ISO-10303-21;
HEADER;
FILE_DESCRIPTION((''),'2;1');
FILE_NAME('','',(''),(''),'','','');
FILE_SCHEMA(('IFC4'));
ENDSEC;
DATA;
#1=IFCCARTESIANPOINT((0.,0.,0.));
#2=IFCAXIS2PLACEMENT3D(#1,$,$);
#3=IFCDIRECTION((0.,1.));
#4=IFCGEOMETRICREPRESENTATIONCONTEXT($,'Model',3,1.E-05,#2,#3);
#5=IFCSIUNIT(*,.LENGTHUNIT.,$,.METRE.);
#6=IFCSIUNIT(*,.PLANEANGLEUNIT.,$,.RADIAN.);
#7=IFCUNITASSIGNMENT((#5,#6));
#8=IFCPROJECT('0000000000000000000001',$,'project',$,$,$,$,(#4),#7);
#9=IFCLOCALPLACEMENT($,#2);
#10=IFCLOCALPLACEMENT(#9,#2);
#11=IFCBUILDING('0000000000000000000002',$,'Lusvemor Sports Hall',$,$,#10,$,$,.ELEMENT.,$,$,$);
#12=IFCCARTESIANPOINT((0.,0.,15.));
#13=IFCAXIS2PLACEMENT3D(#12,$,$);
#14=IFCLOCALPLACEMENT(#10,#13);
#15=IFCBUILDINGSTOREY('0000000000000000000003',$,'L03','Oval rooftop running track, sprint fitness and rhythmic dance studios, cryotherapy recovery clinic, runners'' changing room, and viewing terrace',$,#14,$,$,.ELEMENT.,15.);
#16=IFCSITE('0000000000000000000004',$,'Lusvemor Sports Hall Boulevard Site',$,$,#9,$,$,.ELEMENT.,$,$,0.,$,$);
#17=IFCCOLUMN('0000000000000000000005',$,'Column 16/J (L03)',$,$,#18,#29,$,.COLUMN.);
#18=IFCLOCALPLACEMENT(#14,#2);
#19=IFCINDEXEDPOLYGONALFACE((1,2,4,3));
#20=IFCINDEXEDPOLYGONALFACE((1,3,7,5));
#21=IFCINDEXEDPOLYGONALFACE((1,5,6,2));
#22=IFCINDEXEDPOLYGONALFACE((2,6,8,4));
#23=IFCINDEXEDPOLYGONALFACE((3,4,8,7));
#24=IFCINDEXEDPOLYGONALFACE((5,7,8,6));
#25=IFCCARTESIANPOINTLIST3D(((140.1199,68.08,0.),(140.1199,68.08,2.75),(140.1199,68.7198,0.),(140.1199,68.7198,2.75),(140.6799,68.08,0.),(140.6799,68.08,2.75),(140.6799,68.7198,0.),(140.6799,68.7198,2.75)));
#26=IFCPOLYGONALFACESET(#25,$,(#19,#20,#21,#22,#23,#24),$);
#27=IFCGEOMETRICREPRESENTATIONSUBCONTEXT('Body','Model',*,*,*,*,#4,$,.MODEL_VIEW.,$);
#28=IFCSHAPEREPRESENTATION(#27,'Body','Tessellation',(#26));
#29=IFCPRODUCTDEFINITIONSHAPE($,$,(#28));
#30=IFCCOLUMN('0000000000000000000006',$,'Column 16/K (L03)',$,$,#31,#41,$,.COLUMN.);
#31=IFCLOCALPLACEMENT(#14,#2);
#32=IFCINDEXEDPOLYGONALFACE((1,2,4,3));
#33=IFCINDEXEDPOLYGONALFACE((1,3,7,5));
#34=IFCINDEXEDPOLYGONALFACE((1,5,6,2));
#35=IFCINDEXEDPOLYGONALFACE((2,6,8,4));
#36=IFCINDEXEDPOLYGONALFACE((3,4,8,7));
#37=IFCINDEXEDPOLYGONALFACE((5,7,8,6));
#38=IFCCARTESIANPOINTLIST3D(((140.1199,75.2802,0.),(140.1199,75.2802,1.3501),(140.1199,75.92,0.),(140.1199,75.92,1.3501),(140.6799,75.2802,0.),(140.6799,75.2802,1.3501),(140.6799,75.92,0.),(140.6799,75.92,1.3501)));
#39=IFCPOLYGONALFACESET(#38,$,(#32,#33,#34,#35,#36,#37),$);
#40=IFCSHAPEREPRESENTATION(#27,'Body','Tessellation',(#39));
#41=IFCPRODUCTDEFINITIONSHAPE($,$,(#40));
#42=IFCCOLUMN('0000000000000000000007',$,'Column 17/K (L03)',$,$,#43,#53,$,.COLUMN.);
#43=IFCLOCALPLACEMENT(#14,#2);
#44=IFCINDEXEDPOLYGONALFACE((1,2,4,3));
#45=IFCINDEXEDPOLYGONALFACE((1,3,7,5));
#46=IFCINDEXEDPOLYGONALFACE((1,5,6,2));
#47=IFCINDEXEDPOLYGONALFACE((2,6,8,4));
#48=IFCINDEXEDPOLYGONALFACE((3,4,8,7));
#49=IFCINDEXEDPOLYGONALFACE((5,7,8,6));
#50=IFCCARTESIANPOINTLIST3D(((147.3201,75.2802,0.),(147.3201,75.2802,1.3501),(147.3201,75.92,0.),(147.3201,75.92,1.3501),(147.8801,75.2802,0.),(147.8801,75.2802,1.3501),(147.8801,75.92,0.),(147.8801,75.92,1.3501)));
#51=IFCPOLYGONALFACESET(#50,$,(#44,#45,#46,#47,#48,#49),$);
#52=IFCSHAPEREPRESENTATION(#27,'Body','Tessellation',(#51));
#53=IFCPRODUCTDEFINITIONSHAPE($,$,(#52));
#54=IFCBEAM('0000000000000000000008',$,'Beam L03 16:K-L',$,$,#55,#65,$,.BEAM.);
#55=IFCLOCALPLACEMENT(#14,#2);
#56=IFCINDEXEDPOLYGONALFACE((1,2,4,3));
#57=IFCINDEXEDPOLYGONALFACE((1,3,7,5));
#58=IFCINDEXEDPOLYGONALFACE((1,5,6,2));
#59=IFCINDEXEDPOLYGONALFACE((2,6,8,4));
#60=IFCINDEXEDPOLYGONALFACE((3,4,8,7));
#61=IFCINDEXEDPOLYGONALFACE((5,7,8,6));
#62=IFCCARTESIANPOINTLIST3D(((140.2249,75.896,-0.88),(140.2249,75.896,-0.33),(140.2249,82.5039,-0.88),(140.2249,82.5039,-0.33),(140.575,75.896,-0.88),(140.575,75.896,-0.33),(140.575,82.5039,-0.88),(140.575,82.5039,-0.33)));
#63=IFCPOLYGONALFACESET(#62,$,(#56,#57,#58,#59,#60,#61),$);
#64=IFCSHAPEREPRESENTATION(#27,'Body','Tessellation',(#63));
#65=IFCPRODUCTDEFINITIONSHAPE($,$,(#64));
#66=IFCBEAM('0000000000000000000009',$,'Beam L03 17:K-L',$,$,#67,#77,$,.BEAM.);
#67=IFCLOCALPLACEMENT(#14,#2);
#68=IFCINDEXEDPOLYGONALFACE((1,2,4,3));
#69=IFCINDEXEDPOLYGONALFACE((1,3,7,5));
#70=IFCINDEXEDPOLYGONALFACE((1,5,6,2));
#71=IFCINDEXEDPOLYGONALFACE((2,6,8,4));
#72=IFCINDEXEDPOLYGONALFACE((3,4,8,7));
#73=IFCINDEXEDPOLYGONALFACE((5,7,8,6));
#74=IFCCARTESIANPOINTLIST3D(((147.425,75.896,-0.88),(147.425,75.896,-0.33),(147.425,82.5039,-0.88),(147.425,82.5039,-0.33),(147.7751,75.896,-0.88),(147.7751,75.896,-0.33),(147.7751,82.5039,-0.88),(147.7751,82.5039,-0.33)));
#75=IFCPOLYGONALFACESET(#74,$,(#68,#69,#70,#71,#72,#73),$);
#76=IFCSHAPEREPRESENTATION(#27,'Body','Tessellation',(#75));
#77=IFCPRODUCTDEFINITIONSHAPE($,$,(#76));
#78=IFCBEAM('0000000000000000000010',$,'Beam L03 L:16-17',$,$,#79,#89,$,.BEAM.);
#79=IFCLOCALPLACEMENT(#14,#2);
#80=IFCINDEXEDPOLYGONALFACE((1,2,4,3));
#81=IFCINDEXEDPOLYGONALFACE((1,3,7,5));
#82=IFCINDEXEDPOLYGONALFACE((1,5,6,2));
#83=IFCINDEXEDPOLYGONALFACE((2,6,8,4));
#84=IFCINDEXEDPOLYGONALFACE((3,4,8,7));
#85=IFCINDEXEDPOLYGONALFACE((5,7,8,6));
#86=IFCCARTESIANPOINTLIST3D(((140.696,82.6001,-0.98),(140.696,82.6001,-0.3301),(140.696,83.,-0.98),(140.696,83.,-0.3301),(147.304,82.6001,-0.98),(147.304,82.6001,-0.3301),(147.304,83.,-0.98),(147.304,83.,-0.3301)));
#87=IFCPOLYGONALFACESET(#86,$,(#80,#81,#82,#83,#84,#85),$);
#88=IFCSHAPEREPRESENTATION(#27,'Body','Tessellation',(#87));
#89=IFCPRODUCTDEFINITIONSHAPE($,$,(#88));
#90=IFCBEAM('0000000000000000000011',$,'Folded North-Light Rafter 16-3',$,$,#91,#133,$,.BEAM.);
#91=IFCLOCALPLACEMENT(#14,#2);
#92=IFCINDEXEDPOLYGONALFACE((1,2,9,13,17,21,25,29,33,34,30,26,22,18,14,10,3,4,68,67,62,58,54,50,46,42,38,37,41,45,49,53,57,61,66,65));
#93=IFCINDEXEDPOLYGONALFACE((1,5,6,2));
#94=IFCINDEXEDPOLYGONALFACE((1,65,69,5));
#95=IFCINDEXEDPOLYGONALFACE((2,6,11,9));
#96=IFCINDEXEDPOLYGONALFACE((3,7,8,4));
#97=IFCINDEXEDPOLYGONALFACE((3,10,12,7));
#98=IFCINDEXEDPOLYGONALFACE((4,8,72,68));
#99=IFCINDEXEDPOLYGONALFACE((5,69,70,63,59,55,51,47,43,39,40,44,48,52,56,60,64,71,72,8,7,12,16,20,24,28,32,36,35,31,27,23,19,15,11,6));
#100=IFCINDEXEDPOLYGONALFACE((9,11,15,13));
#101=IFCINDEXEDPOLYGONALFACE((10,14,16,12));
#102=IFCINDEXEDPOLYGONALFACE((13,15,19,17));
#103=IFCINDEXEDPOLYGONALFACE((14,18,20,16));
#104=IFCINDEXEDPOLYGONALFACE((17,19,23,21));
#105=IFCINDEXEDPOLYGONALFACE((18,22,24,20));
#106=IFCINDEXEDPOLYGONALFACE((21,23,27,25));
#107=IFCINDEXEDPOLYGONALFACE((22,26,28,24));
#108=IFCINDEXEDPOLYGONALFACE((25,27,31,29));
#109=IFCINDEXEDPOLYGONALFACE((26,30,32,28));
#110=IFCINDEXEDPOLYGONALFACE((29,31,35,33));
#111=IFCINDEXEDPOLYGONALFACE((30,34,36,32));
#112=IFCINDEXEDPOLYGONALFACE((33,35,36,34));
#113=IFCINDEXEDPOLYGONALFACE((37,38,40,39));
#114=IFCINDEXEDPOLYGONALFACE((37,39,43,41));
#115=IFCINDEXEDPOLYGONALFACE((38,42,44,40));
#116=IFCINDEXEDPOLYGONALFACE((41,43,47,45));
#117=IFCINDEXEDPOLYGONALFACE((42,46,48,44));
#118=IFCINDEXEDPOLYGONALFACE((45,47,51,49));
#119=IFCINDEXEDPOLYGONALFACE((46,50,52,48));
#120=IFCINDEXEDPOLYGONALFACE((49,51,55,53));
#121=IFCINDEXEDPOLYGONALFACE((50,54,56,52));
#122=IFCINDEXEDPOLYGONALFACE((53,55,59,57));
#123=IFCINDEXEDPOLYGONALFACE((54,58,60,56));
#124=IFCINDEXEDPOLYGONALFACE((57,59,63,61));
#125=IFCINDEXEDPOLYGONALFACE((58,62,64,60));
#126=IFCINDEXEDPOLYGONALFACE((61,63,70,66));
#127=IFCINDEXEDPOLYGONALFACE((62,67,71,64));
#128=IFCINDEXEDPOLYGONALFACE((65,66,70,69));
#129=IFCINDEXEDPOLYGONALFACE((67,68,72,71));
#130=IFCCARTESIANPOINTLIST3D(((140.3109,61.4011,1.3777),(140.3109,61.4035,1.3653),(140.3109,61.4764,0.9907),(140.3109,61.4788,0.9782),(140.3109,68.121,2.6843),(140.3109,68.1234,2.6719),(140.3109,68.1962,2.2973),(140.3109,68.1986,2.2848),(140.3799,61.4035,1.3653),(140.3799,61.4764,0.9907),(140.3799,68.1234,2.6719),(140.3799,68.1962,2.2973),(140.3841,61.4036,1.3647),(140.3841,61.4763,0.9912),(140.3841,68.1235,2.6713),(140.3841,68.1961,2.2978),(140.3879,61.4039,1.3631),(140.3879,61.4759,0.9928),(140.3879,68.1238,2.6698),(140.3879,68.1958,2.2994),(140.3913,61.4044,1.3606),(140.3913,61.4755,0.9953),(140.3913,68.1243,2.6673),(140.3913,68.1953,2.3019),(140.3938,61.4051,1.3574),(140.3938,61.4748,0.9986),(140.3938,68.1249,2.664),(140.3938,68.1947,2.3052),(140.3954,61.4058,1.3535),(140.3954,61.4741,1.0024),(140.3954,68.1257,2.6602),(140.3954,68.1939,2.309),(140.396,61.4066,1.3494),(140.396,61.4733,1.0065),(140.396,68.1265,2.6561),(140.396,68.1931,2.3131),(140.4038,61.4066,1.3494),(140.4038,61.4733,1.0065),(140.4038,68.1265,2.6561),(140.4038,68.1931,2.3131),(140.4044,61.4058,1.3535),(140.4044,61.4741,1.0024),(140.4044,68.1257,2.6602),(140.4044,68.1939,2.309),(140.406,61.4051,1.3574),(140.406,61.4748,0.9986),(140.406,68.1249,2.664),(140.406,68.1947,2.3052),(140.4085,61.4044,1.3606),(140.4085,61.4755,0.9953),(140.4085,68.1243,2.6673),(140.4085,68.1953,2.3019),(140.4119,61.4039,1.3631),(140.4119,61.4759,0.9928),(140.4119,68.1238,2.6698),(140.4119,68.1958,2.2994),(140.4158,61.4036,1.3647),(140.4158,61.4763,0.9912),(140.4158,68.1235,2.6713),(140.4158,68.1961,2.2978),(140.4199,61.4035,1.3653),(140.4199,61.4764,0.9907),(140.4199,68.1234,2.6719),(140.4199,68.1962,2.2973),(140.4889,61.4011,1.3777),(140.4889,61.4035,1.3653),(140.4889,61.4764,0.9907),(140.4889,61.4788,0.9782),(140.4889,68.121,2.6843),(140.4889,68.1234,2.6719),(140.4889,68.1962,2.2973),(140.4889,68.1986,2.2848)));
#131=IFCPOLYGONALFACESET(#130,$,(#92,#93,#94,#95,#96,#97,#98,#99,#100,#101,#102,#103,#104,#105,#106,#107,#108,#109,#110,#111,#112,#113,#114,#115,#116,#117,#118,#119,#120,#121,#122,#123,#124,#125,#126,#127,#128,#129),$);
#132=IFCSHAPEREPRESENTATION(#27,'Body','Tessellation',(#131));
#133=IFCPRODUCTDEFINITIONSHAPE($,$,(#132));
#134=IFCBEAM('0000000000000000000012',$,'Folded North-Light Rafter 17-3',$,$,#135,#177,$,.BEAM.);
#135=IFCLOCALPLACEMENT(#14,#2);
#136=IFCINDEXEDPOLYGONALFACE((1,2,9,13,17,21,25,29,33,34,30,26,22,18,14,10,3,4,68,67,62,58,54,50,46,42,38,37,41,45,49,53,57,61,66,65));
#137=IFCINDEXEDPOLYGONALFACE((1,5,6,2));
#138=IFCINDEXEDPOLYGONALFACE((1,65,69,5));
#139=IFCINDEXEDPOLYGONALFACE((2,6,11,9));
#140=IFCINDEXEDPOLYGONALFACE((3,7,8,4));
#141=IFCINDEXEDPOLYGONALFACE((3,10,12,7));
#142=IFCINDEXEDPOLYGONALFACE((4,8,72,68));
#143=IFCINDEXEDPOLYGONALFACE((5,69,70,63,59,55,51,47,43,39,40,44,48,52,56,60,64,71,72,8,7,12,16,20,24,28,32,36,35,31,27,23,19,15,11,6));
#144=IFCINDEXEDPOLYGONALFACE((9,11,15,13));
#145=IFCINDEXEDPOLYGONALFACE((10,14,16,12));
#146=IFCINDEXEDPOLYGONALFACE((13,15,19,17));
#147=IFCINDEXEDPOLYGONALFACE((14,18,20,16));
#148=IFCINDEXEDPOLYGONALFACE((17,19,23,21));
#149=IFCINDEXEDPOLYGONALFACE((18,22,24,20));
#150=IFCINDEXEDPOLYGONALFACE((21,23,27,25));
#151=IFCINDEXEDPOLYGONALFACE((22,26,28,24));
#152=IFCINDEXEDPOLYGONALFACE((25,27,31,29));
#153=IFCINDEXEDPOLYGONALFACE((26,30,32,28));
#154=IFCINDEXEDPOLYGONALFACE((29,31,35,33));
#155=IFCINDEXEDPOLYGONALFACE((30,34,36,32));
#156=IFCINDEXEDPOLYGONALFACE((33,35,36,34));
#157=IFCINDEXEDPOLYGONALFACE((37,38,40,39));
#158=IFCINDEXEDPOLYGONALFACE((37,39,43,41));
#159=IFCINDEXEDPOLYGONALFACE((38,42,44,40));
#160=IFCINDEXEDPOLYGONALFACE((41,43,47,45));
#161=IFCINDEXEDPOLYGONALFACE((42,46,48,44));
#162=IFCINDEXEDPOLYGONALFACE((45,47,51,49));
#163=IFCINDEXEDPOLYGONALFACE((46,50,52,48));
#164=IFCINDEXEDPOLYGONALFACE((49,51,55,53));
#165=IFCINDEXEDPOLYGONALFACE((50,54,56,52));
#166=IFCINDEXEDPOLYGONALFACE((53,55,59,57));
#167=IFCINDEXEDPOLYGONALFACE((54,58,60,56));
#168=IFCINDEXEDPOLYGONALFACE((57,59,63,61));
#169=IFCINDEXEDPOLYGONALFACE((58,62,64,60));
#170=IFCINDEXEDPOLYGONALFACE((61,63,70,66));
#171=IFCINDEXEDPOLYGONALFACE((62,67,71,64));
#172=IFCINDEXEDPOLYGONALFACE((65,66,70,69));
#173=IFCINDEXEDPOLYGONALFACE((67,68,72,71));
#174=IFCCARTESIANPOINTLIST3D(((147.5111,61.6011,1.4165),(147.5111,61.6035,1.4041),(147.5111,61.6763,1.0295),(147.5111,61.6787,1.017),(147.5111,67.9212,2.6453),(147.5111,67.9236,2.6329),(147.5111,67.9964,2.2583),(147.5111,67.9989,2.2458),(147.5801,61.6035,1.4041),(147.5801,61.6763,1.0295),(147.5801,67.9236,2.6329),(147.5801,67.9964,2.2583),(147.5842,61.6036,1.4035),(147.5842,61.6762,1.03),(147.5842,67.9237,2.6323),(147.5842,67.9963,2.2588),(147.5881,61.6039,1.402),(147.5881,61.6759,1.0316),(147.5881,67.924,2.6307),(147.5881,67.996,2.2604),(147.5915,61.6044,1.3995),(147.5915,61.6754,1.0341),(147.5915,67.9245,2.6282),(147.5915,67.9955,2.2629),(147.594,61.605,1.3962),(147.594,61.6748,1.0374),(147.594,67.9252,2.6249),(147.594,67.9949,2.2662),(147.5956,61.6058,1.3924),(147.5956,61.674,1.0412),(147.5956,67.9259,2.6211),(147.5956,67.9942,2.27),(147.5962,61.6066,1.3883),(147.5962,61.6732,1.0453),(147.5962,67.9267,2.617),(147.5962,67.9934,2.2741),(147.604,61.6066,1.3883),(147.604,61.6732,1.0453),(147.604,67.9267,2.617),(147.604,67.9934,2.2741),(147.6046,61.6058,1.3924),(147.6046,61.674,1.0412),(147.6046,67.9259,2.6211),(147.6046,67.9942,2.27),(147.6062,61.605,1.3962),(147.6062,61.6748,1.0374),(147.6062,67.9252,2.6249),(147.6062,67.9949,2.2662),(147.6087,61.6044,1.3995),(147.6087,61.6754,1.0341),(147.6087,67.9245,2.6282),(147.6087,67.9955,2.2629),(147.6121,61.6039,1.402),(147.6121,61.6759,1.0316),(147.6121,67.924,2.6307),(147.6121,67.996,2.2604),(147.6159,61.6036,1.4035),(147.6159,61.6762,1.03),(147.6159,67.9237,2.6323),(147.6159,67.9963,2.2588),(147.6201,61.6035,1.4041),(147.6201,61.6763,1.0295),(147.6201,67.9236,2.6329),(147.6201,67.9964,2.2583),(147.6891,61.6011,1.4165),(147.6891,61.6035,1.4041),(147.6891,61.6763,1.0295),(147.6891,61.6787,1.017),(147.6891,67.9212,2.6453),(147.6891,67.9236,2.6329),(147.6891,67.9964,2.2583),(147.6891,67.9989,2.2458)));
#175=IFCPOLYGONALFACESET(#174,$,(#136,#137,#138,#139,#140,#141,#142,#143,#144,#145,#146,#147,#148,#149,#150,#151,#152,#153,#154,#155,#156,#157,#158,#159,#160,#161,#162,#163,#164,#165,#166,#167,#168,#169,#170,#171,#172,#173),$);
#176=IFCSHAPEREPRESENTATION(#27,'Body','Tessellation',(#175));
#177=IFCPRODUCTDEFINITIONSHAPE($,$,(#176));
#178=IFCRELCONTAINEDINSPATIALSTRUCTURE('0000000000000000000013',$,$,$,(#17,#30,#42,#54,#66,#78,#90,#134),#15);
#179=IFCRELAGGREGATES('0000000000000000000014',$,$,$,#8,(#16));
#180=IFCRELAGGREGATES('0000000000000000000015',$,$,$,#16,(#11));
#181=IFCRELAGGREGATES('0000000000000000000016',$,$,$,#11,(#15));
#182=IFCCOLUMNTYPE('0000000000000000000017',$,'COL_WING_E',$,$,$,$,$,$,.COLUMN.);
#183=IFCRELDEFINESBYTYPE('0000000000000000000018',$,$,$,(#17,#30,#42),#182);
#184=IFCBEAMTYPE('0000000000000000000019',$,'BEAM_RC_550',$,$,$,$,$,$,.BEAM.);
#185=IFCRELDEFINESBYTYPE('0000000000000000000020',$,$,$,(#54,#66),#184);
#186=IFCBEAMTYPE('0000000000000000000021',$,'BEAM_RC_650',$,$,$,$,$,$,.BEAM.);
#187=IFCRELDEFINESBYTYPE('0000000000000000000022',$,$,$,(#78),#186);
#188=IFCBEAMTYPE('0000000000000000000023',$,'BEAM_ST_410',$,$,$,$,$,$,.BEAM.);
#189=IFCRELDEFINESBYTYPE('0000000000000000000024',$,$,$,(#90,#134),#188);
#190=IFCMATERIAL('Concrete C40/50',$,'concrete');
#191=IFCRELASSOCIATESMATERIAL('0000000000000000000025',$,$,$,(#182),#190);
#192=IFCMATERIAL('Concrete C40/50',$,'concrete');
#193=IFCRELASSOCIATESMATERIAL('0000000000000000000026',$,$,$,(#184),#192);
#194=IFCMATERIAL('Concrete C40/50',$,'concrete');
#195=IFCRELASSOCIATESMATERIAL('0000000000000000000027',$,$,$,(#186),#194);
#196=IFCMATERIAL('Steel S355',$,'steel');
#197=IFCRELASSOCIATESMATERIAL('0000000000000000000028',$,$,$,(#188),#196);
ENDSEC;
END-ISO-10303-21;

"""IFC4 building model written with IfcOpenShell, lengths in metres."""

from ifc_helpers import new_model, si_unit, direction, frame, origin, origin_2d, place, context, subcontext, project, spatial, rectangle, i_section, extrude, material, material_profile, profile_set, type_object, element, save


model = new_model("IFC4")

# Units and contexts
model_context = context("Model", 3, precision=1e-05, world=origin(), true_north=direction((0.0, 1.0)))
body_context = subcontext(model_context, "Body", "Model", "MODEL_VIEW")
ifc_project = project(units=[si_unit("LENGTHUNIT", "METRE"), si_unit("PLANEANGLEUNIT", "RADIAN")], contexts=[model_context])

# Site, building, storey
site_placement = place(None, origin())
site = spatial("IfcSite", under=ifc_project, at=site_placement, Name="Lusvemor Sports Hall Boulevard Site", CompositionType="ELEMENT", RefElevation=0.0)
building_placement = place(site_placement, origin())
building = spatial("IfcBuilding", under=site, at=building_placement, Name="Lusvemor Sports Hall", CompositionType="ELEMENT")
storey_placement = place(building_placement, frame((0.0, 0.0, 15.0)))
storey = spatial("IfcBuildingStorey", under=building, at=storey_placement, Name="L03", Description="Oval rooftop running track, sprint fitness and rhythmic dance studios, cryotherapy recovery clinic, runners' changing room, and viewing terrace", CompositionType="ELEMENT", Elevation=15.0)

# Columns
ifc_material_1 = material(Name="Concrete C40/50", Category="concrete")
ifc_material_profile_1 = material_profile(ifc_material_1, rectangle(XDim=0.5601, YDim=0.6399, at=origin_2d()), Name="RC560x640")
ifc_profile_set_1 = profile_set([ifc_material_profile_1], Name="Concrete C40/50")
column_type = type_object("IfcColumnType", Name="COL_WING_E", PredefinedType="COLUMN", material=ifc_profile_set_1)
column_placement = place(storey_placement, frame((140.3999, 68.3999, 0.0), z_axis=(0.0, 0.0, 1.0), x_axis=(1.0, 0.0, 0.0)))
element("IfcColumn", 1, at=column_placement, inside=storey, type_object=column_type, Name="Column 16/J (L03)", PredefinedType="COLUMN", context=body_context, shape_type="SweptSolid", body=[
    extrude(rectangle(XDim=0.5601, YDim=0.6399, at=origin_2d()), origin(), (0.0, 0.0, 1.0), 2.75),
])
for number, where, z_axis, x_axis, name in (
    (2, (140.3999, 75.6001, 0.0), (0.0, 0.0, 1.0), (1.0, 0.0, 0.0), "Column 16/K (L03)"),
    (3, (147.6001, 75.6001, 0.0), (0.0, 0.0, 1.0), (1.0, 0.0, 0.0), "Column 17/K (L03)"),
):
    element("IfcColumn", number, at=place(storey_placement, frame(where, z_axis=z_axis, x_axis=x_axis)), inside=storey, type_object=column_type, Name=name, PredefinedType="COLUMN", context=body_context, shape_type="SweptSolid", body=[
        extrude(rectangle(XDim=0.5601, YDim=0.6399, at=origin_2d()), origin(), (0.0, 0.0, 1.0), 1.3501),
    ])

# Beams
ifc_material_2 = material(Name="Concrete C40/50", Category="concrete")
ifc_material_profile_2 = material_profile(ifc_material_2, rectangle(XDim=0.3501, YDim=0.55, at=origin_2d()), Name="RC350x550")
ifc_profile_set_2 = profile_set([ifc_material_profile_2], Name="Concrete C40/50")
beam_type_1 = type_object("IfcBeamType", Name="BEAM_RC_550", PredefinedType="BEAM", material=ifc_profile_set_2)
for number, where, z_axis, x_axis, name in (
    (4, (140.3999, 75.896, -0.605), (0.0, 1.0, 0.0), (-1.0, 0.0, 0.0), "Beam L03 16:K-L"),
    (5, (147.6001, 75.896, -0.605), (0.0, 1.0, 0.0), (-1.0, 0.0, 0.0), "Beam L03 17:K-L"),
):
    element("IfcBeam", number, at=place(storey_placement, frame(where, z_axis=z_axis, x_axis=x_axis)), inside=storey, type_object=beam_type_1, Name=name, PredefinedType="BEAM", context=body_context, shape_type="SweptSolid", body=[
        extrude(rectangle(XDim=0.3501, YDim=0.55, at=origin_2d()), origin(), (0.0, 0.0, 1.0), 6.6079),
    ])
ifc_material_3 = material(Name="Concrete C40/50", Category="concrete")
ifc_material_profile_3 = material_profile(ifc_material_3, rectangle(XDim=0.3999, YDim=0.6499, at=origin_2d()), Name="RC400x650")
ifc_profile_set_3 = profile_set([ifc_material_profile_3], Name="Concrete C40/50")
beam_type_2 = type_object("IfcBeamType", Name="BEAM_RC_650", PredefinedType="BEAM", material=ifc_profile_set_3)
beam_1_placement = place(storey_placement, frame((140.696, 82.8, -0.655), z_axis=(1.0, 0.0, 0.0), x_axis=(0.0, 1.0, 0.0)))
element("IfcBeam", 6, at=beam_1_placement, inside=storey, type_object=beam_type_2, Name="Beam L03 L:16-17", PredefinedType="BEAM", context=body_context, shape_type="SweptSolid", body=[
    extrude(rectangle(XDim=0.3999, YDim=0.6499, at=origin_2d()), origin(), (0.0, 0.0, 1.0), 6.6079),
])
ifc_material_4 = material(Name="Steel S355", Category="steel")
ifc_material_profile_4 = material_profile(ifc_material_4, i_section(OverallWidth=0.178, OverallDepth=0.407, WebThickness=0.0078, FlangeThickness=0.0127, FilletRadius=0.0161, at=origin_2d()), Name="W410x60.0")
ifc_profile_set_4 = profile_set([ifc_material_profile_4], Name="Steel S355")
beam_type_3 = type_object("IfcBeamType", Name="BEAM_ST_410", PredefinedType="BEAM", material=ifc_profile_set_4)
beam_2_placement = place(storey_placement, frame((140.3999, 61.4399, 1.178), z_axis=(0.0, 0.981616, 0.190867), x_axis=(-1.0, 0.0, 0.0)))
element("IfcBeam", 7, at=beam_2_placement, inside=storey, type_object=beam_type_3, Name="Folded North-Light Rafter 16-3", PredefinedType="BEAM", context=body_context, shape_type="SweptSolid", body=[
    extrude(i_section(OverallWidth=0.178, OverallDepth=0.407, WebThickness=0.0078, FlangeThickness=0.0127, FilletRadius=0.0161, at=origin_2d()), origin(), (0.0, 0.0, 1.0), 6.8457),
])
beam_3_placement = place(storey_placement, frame((147.6001, 61.6399, 1.2168), z_axis=(0.0, 0.98162, 0.190848), x_axis=(-1.0, 0.0, 0.0)))
element("IfcBeam", 8, at=beam_3_placement, inside=storey, type_object=beam_type_3, Name="Folded North-Light Rafter 17-3", PredefinedType="BEAM", context=body_context, shape_type="SweptSolid", body=[
    extrude(i_section(OverallWidth=0.178, OverallDepth=0.407, WebThickness=0.0078, FlangeThickness=0.0127, FilletRadius=0.0161, at=origin_2d()), origin(), (0.0, 0.0, 1.0), 6.4385),
])

save(model, "model.ifc")
